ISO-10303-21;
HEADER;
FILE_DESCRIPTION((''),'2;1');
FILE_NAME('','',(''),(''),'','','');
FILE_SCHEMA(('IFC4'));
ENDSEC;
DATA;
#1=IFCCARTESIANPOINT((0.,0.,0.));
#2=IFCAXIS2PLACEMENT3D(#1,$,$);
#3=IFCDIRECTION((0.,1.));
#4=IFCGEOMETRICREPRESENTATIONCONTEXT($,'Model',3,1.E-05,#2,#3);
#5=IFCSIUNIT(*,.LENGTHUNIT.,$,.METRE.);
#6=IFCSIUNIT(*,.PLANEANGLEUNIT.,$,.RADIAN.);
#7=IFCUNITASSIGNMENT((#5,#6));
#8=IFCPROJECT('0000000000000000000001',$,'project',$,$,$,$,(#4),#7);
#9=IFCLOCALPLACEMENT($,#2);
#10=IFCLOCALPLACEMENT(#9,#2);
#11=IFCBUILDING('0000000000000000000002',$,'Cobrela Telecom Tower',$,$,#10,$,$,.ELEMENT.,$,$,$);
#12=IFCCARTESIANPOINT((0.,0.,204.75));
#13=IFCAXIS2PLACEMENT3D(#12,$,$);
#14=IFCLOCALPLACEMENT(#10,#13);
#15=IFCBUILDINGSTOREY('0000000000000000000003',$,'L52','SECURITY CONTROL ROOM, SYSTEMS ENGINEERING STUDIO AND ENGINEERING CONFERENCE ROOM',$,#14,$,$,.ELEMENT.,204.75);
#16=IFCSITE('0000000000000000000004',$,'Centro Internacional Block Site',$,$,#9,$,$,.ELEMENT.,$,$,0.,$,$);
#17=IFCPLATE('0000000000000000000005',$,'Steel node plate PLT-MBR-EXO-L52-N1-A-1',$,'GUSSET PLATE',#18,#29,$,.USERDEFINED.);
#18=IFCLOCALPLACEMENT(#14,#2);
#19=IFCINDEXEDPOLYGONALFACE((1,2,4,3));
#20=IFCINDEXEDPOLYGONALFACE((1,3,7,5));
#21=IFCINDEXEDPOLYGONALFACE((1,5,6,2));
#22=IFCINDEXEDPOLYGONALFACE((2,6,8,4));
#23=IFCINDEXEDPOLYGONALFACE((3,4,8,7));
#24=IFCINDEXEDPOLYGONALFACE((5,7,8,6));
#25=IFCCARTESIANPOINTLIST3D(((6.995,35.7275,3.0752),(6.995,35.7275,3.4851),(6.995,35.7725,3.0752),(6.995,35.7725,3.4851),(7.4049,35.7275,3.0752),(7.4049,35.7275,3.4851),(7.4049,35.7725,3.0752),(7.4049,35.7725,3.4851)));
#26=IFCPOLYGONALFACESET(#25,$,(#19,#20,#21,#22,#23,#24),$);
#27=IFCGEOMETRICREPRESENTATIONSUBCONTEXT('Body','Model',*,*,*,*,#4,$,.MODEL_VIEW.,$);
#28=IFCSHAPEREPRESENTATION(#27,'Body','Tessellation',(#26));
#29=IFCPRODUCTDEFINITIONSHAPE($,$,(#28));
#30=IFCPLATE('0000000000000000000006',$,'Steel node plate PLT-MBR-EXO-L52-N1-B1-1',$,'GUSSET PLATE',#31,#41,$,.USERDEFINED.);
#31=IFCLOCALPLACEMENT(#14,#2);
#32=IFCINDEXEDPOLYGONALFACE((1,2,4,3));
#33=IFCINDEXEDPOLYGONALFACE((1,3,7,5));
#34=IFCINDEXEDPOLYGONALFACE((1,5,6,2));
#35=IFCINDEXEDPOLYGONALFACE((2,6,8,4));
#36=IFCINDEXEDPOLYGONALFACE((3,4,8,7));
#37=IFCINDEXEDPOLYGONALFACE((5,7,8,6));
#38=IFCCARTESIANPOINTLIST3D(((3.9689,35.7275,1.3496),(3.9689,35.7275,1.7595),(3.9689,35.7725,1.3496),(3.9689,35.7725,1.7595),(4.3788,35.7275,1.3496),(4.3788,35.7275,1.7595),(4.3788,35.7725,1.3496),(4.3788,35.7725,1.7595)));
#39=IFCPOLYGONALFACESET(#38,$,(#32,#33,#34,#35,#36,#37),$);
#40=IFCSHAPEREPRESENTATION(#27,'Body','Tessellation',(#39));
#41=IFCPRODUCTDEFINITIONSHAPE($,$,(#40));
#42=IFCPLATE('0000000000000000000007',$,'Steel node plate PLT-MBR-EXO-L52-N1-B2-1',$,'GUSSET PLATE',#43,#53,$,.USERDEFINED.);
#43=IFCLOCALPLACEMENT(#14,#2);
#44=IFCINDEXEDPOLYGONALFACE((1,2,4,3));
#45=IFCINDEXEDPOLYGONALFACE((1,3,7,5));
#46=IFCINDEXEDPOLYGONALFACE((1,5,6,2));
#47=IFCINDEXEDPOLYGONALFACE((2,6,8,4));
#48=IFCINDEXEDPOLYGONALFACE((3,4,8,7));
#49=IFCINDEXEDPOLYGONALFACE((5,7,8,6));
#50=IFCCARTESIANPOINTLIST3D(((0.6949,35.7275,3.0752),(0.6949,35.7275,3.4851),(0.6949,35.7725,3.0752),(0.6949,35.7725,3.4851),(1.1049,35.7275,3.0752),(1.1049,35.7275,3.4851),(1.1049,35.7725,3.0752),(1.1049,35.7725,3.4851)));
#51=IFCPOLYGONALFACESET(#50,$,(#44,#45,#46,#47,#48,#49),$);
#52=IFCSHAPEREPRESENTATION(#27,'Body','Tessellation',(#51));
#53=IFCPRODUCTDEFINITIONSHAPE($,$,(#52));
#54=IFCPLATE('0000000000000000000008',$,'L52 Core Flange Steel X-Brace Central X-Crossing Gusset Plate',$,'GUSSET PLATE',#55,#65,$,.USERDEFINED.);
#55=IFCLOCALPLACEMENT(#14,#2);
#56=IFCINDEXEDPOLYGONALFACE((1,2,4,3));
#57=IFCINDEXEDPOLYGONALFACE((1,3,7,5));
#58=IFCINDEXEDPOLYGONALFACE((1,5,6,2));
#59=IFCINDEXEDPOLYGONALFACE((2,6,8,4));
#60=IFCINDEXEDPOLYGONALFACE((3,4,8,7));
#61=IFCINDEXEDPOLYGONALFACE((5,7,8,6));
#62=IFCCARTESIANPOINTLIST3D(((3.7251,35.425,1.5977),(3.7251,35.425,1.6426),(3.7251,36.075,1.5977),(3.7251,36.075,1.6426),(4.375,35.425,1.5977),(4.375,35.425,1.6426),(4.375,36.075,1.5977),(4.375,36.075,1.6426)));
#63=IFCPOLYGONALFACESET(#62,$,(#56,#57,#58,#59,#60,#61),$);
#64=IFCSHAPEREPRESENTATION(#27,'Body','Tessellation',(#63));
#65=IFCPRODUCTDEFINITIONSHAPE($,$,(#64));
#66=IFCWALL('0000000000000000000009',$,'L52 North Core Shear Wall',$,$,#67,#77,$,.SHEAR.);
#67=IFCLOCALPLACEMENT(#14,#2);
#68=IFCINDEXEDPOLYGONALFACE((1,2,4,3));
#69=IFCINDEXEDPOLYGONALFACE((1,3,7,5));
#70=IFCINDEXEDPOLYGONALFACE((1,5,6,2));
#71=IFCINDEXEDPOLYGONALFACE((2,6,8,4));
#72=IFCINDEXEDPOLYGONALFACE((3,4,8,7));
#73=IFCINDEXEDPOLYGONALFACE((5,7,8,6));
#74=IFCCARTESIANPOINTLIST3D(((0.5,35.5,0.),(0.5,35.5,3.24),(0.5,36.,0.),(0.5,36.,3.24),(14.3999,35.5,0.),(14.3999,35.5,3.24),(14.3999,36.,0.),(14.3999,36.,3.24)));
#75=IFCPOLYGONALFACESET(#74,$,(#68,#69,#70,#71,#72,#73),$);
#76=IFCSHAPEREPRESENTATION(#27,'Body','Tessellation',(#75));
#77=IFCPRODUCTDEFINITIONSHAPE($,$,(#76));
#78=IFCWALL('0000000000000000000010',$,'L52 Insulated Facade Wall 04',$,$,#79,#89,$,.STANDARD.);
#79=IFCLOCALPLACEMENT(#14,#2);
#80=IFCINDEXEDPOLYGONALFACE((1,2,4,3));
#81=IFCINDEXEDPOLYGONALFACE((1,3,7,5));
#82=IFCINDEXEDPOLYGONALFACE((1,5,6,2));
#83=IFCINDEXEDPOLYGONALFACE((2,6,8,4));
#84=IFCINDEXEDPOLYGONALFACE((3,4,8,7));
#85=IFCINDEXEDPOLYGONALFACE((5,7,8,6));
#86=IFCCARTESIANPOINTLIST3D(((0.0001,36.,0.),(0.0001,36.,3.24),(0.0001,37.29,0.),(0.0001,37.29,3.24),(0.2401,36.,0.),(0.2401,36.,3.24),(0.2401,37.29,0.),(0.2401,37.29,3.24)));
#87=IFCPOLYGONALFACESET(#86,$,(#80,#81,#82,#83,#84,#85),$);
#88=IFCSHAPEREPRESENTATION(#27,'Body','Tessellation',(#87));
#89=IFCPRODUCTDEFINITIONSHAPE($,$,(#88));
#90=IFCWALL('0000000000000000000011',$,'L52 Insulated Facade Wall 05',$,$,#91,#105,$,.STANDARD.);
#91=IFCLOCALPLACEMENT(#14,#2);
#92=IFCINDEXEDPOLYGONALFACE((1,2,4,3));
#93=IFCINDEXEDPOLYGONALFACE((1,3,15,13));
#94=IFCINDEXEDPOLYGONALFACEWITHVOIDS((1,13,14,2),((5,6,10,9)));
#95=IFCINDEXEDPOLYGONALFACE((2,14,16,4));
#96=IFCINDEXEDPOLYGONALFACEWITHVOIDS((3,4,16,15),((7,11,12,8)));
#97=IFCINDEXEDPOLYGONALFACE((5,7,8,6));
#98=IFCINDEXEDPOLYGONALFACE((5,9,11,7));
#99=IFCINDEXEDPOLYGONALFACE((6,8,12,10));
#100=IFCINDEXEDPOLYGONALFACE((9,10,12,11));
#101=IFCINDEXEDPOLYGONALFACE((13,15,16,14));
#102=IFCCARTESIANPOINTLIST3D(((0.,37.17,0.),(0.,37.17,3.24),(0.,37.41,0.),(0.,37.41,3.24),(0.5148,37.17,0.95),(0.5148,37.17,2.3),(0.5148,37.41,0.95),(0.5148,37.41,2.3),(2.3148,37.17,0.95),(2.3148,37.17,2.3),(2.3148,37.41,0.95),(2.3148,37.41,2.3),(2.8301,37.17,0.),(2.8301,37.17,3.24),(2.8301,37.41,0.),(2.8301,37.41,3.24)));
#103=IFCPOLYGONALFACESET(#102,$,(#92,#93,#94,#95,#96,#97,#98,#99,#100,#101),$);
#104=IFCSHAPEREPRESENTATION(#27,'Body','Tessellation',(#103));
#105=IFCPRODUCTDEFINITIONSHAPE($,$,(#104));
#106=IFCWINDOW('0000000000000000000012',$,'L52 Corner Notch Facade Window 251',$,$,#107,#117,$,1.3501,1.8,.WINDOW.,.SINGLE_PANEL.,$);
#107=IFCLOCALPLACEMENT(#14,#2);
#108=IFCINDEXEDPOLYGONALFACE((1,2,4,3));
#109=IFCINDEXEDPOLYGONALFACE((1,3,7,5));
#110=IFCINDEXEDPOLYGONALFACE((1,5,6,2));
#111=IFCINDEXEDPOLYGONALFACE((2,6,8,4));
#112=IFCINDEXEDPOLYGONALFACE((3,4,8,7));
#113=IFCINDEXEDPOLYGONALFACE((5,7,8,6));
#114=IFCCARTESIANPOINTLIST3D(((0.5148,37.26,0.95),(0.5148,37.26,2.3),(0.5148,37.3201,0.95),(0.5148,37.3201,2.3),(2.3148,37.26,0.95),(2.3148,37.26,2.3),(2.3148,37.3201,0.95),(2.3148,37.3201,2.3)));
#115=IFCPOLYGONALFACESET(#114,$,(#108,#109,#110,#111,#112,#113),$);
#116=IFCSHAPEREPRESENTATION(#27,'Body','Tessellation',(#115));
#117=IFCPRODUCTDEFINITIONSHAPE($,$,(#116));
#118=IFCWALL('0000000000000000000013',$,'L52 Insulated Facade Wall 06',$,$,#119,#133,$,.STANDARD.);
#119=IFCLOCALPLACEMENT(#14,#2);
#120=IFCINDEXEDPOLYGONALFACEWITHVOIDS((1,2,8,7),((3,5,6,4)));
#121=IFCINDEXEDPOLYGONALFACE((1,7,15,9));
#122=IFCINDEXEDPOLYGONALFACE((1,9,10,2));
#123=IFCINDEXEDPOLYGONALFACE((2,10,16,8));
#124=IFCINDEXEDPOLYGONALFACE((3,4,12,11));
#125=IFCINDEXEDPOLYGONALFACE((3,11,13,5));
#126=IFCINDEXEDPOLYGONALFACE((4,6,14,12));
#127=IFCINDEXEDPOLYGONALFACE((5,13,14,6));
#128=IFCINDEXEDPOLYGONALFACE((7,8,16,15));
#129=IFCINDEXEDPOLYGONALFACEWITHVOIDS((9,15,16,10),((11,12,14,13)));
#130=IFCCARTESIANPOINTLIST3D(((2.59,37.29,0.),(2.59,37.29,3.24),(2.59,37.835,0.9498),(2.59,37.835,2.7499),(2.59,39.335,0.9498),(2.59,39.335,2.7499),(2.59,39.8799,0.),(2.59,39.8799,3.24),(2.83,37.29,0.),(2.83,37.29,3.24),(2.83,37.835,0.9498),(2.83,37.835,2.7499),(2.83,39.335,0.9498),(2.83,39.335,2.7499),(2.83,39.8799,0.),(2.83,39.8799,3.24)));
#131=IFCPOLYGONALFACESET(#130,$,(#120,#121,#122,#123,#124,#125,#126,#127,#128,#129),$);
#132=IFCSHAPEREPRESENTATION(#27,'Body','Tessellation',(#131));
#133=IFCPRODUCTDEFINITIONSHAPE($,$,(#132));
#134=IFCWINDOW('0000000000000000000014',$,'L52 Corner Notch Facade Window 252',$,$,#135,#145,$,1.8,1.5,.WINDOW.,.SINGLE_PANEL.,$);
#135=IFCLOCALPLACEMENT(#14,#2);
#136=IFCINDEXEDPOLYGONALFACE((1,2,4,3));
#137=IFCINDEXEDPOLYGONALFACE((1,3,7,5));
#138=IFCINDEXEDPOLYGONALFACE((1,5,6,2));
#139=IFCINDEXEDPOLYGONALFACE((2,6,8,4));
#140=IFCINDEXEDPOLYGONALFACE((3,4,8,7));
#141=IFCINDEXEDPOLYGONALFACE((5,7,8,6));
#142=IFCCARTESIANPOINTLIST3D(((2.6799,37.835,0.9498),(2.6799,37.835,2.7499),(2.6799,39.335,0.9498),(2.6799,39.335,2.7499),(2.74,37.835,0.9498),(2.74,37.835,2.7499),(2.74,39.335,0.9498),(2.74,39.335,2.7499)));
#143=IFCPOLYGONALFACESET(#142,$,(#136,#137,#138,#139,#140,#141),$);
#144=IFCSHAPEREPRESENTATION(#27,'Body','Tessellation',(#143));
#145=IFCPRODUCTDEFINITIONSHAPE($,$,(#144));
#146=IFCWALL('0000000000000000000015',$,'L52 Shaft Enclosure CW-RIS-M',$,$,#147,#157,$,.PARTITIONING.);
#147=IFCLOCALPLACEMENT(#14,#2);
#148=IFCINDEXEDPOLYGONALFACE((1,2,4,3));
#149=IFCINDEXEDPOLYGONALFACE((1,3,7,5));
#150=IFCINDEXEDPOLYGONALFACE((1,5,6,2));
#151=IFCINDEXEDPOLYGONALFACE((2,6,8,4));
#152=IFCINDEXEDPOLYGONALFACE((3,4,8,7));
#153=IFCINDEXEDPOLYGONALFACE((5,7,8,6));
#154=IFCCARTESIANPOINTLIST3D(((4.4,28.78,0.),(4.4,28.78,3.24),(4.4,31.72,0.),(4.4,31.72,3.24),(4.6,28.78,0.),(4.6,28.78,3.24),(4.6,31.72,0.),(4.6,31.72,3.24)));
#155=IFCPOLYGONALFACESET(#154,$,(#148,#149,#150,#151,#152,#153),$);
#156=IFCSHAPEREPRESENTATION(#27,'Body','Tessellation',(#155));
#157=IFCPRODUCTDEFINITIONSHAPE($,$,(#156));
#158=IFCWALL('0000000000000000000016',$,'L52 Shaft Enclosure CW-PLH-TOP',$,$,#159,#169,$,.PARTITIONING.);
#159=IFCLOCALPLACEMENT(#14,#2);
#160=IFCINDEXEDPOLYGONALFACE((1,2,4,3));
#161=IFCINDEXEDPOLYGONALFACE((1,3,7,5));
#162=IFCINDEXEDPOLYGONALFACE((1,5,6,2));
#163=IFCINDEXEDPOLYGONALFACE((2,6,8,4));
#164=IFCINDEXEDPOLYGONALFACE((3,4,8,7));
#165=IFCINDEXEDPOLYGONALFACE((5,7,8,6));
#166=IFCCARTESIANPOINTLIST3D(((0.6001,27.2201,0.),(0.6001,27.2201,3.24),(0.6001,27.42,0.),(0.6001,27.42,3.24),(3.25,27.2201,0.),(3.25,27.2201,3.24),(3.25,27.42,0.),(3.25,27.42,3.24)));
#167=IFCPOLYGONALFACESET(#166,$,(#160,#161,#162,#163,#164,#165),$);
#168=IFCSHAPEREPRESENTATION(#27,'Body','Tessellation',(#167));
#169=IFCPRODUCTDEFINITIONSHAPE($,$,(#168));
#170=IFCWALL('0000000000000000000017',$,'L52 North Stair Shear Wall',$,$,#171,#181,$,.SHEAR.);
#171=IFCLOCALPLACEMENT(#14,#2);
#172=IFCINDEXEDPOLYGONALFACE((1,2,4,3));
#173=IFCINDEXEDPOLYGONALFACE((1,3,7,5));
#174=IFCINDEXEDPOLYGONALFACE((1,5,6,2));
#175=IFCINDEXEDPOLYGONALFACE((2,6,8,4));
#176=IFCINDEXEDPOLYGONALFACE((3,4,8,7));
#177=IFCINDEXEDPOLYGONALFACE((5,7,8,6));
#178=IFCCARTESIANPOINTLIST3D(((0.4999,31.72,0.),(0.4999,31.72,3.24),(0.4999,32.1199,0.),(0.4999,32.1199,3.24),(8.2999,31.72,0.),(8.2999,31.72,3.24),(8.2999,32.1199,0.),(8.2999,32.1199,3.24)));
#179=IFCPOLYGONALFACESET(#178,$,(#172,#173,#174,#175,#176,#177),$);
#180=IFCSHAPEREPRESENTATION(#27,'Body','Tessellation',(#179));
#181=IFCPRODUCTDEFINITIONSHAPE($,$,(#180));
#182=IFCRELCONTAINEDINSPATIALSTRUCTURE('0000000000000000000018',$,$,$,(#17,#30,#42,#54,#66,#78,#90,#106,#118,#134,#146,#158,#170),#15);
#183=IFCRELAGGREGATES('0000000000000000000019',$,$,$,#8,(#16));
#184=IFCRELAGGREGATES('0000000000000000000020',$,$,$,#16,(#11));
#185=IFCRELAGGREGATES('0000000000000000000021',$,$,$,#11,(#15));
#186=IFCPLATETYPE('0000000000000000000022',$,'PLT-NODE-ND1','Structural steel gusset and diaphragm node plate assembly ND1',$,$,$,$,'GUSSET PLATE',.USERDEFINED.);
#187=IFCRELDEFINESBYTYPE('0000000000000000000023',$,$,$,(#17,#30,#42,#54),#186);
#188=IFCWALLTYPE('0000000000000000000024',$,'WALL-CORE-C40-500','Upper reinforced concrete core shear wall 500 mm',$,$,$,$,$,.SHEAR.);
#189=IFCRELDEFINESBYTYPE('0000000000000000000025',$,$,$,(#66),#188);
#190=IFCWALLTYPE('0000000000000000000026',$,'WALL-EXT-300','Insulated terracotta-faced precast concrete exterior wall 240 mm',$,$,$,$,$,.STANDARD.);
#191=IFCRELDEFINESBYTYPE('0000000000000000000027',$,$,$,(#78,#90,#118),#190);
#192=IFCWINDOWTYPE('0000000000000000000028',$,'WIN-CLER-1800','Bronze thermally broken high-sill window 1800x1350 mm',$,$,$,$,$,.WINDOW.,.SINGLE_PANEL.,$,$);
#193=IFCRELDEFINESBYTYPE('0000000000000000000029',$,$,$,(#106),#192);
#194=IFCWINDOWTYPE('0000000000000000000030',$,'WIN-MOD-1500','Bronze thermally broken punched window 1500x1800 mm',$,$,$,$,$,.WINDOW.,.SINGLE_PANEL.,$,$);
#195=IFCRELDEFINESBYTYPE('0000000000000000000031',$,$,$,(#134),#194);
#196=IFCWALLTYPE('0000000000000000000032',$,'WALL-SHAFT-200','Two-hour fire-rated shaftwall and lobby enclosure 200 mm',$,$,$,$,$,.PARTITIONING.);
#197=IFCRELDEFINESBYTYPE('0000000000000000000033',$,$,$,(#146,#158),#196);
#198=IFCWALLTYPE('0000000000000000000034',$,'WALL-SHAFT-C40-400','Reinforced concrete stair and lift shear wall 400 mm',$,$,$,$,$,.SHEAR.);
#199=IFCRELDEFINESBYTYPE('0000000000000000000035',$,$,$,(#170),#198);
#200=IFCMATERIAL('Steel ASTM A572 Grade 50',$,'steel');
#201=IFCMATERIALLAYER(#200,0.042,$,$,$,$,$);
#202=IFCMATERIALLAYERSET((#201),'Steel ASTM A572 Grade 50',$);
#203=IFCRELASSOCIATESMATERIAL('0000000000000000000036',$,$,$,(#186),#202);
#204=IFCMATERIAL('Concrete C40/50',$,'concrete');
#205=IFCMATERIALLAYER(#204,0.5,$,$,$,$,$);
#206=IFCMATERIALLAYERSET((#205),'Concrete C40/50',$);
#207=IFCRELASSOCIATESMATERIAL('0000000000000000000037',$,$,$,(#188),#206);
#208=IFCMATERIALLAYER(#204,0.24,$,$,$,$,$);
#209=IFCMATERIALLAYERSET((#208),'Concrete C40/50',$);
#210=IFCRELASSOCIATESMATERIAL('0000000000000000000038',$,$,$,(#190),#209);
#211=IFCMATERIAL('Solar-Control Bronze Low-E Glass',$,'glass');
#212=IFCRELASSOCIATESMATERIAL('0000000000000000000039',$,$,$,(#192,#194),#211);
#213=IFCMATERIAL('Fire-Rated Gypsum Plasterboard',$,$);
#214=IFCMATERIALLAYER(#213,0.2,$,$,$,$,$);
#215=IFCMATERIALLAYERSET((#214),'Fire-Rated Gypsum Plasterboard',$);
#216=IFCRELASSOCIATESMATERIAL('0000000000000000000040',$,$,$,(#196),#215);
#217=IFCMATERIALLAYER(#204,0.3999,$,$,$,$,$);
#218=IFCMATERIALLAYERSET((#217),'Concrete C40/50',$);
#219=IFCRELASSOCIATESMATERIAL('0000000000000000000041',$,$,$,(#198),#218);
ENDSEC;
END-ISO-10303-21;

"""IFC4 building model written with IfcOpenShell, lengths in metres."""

from ifc_helpers import new_model, si_unit, direction, frame, frame_2d, origin, origin_2d, place, context, subcontext, project, spatial, rectangle, extrude, material, layer, layer_set, type_object, element, fill, save


model = new_model("IFC4")

# Units and contexts
model_context = context("Model", 3, precision=1e-05, world=origin(), true_north=direction((0.0, 1.0)))
body_context = subcontext(model_context, "Body", "Model", "MODEL_VIEW")
ifc_project = project(units=[si_unit("LENGTHUNIT", "METRE"), si_unit("PLANEANGLEUNIT", "RADIAN")], contexts=[model_context])

# Site, building, storey
site_placement = place(None, origin())
site = spatial("IfcSite", under=ifc_project, at=site_placement, Name="Centro Internacional Block Site", CompositionType="ELEMENT", RefElevation=0.0)
building_placement = place(site_placement, origin())
building = spatial("IfcBuilding", under=site, at=building_placement, Name="Cobrela Telecom Tower", CompositionType="ELEMENT")
storey_placement = place(building_placement, frame((0.0, 0.0, 204.75)))
storey = spatial("IfcBuildingStorey", under=building, at=storey_placement, Name="L52", Description="SECURITY CONTROL ROOM, SYSTEMS ENGINEERING STUDIO AND ENGINEERING CONFERENCE ROOM", CompositionType="ELEMENT", Elevation=204.75)

# Shared definitions
ifc_material_1 = material(Name="Steel ASTM A572 Grade 50", Category="steel")

# Shared definitions
ifc_material_2 = material(Name="Solar-Control Bronze Low-E Glass", Category="glass")

# Plates
ifc_layer_1 = layer(ifc_material_1, 0.042)
ifc_layer_set_1 = layer_set([ifc_layer_1], Name="Steel ASTM A572 Grade 50")
plate_type_1 = type_object("IfcPlateType", Name="PLT-NODE-ND1", Description="Structural steel gusset and diaphragm node plate assembly ND1", ElementType="GUSSET PLATE", PredefinedType="USERDEFINED", material=ifc_layer_set_1)
for number, where, z_axis, x_axis, name in (
    (1, (7.2, 35.75, 3.0752), (0.0, 0.0, 1.0), (1.0, 0.0, 0.0), "Steel node plate PLT-MBR-EXO-L52-N1-A-1"),
    (2, (4.1738, 35.75, 1.3496), (0.0, 0.0, 1.0), (-1.0, 0.0, 0.0), "Steel node plate PLT-MBR-EXO-L52-N1-B1-1"),
    (3, (0.8999, 35.75, 3.0752), (0.0, 0.0, 1.0), (-1.0, 0.0, 0.0), "Steel node plate PLT-MBR-EXO-L52-N1-B2-1"),
):
    element("IfcPlate", number, at=place(storey_placement, frame(where, z_axis=z_axis, x_axis=x_axis)), inside=storey, type_object=plate_type_1, Name=name, ObjectType="GUSSET PLATE", PredefinedType="USERDEFINED", context=body_context, shape_type="SweptSolid", body=[
        extrude(rectangle(XDim=0.4099, YDim=0.0449, at=origin_2d()), origin(), (0.0, 0.0, 1.0), 0.4099),
    ])
plate_1_placement = place(storey_placement, frame((4.05, 35.75, 1.5977), z_axis=(0.0, 0.0, 1.0), x_axis=(1.0, 0.0, 0.0)))
element("IfcPlate", 4, at=plate_1_placement, inside=storey, type_object=plate_type_1, Name="L52 Core Flange Steel X-Brace Central X-Crossing Gusset Plate", ObjectType="GUSSET PLATE", PredefinedType="USERDEFINED", context=body_context, shape_type="SweptSolid", body=[
    extrude(rectangle(XDim=0.6499, YDim=0.6499, at=origin_2d()), origin(), (0.0, 0.0, 1.0), 0.0449),
])

# Walls
ifc_material_3 = material(Name="Concrete C40/50", Category="concrete")
ifc_layer_2 = layer(ifc_material_3, 0.5)
ifc_layer_set_2 = layer_set([ifc_layer_2], Name="Concrete C40/50")
wall_type_1 = type_object("IfcWallType", Name="WALL-CORE-C40-500", Description="Upper reinforced concrete core shear wall 500 mm", PredefinedType="SHEAR", material=ifc_layer_set_2)
wall_1_placement = place(storey_placement, frame((0.5, 35.75, 0.0), z_axis=(0.0, 0.0, 1.0), x_axis=(1.0, 0.0, 0.0)))
element("IfcWall", 5, at=wall_1_placement, inside=storey, type_object=wall_type_1, Name="L52 North Core Shear Wall", PredefinedType="SHEAR", context=body_context, shape_type="SweptSolid", body=[
    extrude(rectangle(XDim=13.8999, YDim=0.5, at=frame_2d((6.95, 0.0))), origin(), (0.0, 0.0, 1.0), 3.24),
])
ifc_layer_3 = layer(ifc_material_3, 0.24)
ifc_layer_set_3 = layer_set([ifc_layer_3], Name="Concrete C40/50")
wall_type_2 = type_object("IfcWallType", Name="WALL-EXT-300", Description="Insulated terracotta-faced precast concrete exterior wall 240 mm", PredefinedType="STANDARD", material=ifc_layer_set_3)
wall_2_placement = place(storey_placement, frame((0.1201, 36.0, 0.0), z_axis=(0.0, 0.0, 1.0), x_axis=(0.0, 1.0, 0.0)))
element("IfcWall", 6, at=wall_2_placement, inside=storey, type_object=wall_type_2, Name="L52 Insulated Facade Wall 04", PredefinedType="STANDARD", context=body_context, shape_type="SweptSolid", body=[
    extrude(rectangle(XDim=1.29, YDim=0.24, at=frame_2d((0.645, 0.0))), origin(), (0.0, 0.0, 1.0), 3.24),
])

# Walls, openings, windows
wall_3_placement = place(storey_placement, frame((0.0, 37.29, 0.0), z_axis=(0.0, 0.0, 1.0), x_axis=(1.0, 0.0, 0.0)))
wall_3 = element("IfcWall", 7, at=wall_3_placement, inside=storey, type_object=wall_type_2, Name="L52 Insulated Facade Wall 05", PredefinedType="STANDARD", context=body_context, shape_type="SweptSolid", body=[
    extrude(rectangle(XDim=2.8301, YDim=0.24, at=frame_2d((1.415, 0.0))), origin(), (0.0, 0.0, 1.0), 3.24),
])
opening_1_placement = place(wall_3_placement, frame((0.5149, 0.0, 0.95)))
opening_1 = element("IfcOpeningElement", 8, at=opening_1_placement, cuts=wall_3, PredefinedType="OPENING", context=body_context, shape_type="SweptSolid", body=[
    extrude(rectangle(XDim=1.8, YDim=1.3501, at=frame_2d((0.8999, 0.675))), frame((0.0, 0.1318, 0.0), z_axis=(0.0, -1.0, 0.0), x_axis=(1.0, 0.0, 0.0)), (0.0, 0.0, 1.0), 0.2639),
])
window_type_1 = type_object("IfcWindowType", Name="WIN-CLER-1800", Description="Bronze thermally broken high-sill window 1800x1350 mm", PartitioningType="SINGLE_PANEL", PredefinedType="WINDOW", material=ifc_material_2)
window_1_placement = place(opening_1_placement, origin())
window_1 = element("IfcWindow", 9, at=window_1_placement, inside=storey, type_object=window_type_1, Name="L52 Corner Notch Facade Window 251", OverallHeight=1.3501, OverallWidth=1.8, PartitioningType="SINGLE_PANEL", PredefinedType="WINDOW", context=body_context, shape_type="SweptSolid", body=[
    extrude(rectangle(XDim=1.8, YDim=1.3501, at=frame_2d((0.8999, 0.675))), frame((0.0, 0.03, 0.0), z_axis=(0.0, -1.0, 0.0), x_axis=(1.0, 0.0, 0.0)), (0.0, 0.0, 1.0), 0.0601),
])
fill(opening_1, window_1)
wall_4_placement = place(storey_placement, frame((2.71, 37.29, 0.0), z_axis=(0.0, 0.0, 1.0), x_axis=(0.0, 1.0, 0.0)))
wall_4 = element("IfcWall", 10, at=wall_4_placement, inside=storey, type_object=wall_type_2, Name="L52 Insulated Facade Wall 06", PredefinedType="STANDARD", context=body_context, shape_type="SweptSolid", body=[
    extrude(rectangle(XDim=2.5898, YDim=0.24, at=frame_2d((1.2949, 0.0))), origin(), (0.0, 0.0, 1.0), 3.24),
])
opening_2_placement = place(wall_4_placement, frame((0.5449, 0.0, 0.95)))
opening_2 = element("IfcOpeningElement", 11, at=opening_2_placement, cuts=wall_4, PredefinedType="OPENING", context=body_context, shape_type="SweptSolid", body=[
    extrude(rectangle(XDim=1.5, YDim=1.8, at=frame_2d((0.75, 0.8999))), frame((0.0, 0.1318, 0.0), z_axis=(0.0, -1.0, 0.0), x_axis=(1.0, 0.0, 0.0)), (0.0, 0.0, 1.0), 0.2639),
])
window_type_2 = type_object("IfcWindowType", Name="WIN-MOD-1500", Description="Bronze thermally broken punched window 1500x1800 mm", PartitioningType="SINGLE_PANEL", PredefinedType="WINDOW", material=ifc_material_2)
window_2_placement = place(opening_2_placement, origin())
window_2 = element("IfcWindow", 12, at=window_2_placement, inside=storey, type_object=window_type_2, Name="L52 Corner Notch Facade Window 252", OverallHeight=1.8, OverallWidth=1.5, PartitioningType="SINGLE_PANEL", PredefinedType="WINDOW", context=body_context, shape_type="SweptSolid", body=[
    extrude(rectangle(XDim=1.5, YDim=1.8, at=frame_2d((0.75, 0.8999))), frame((0.0, 0.03, 0.0), z_axis=(0.0, -1.0, 0.0), x_axis=(1.0, 0.0, 0.0)), (0.0, 0.0, 1.0), 0.0601),
])
fill(opening_2, window_2)

# Shared definitions
ifc_material_4 = material(Name="Fire-Rated Gypsum Plasterboard")
ifc_layer_4 = layer(ifc_material_4, 0.2)
ifc_layer_set_4 = layer_set([ifc_layer_4], Name="Fire-Rated Gypsum Plasterboard")
wall_type_3 = type_object("IfcWallType", Name="WALL-SHAFT-200", Description="Two-hour fire-rated shaftwall and lobby enclosure 200 mm", PredefinedType="PARTITIONING", material=ifc_layer_set_4)

# Walls
wall_5_placement = place(storey_placement, frame((4.5, 28.78, 0.0), z_axis=(0.0, 0.0, 1.0), x_axis=(0.0, 1.0, 0.0)))
element("IfcWall", 13, at=wall_5_placement, inside=storey, type_object=wall_type_3, Name="L52 Shaft Enclosure CW-RIS-M", PredefinedType="PARTITIONING", context=body_context, shape_type="SweptSolid", body=[
    extrude(rectangle(XDim=2.9399, YDim=0.2, at=frame_2d((1.47, 0.0))), origin(), (0.0, 0.0, 1.0), 3.24),
])
wall_6_placement = place(storey_placement, frame((0.6001, 27.3201, 0.0), z_axis=(0.0, 0.0, 1.0), x_axis=(1.0, 0.0, 0.0)))
element("IfcWall", 14, at=wall_6_placement, inside=storey, type_object=wall_type_3, Name="L52 Shaft Enclosure CW-PLH-TOP", PredefinedType="PARTITIONING", context=body_context, shape_type="SweptSolid", body=[
    extrude(rectangle(XDim=2.6499, YDim=0.2, at=frame_2d((1.325, 0.0))), origin(), (0.0, 0.0, 1.0), 3.24),
])
ifc_layer_5 = layer(ifc_material_3, 0.3999)
ifc_layer_set_5 = layer_set([ifc_layer_5], Name="Concrete C40/50")
wall_type_4 = type_object("IfcWallType", Name="WALL-SHAFT-C40-400", Description="Reinforced concrete stair and lift shear wall 400 mm", PredefinedType="SHEAR", material=ifc_layer_set_5)
wall_7_placement = place(storey_placement, frame((0.5, 31.9199, 0.0), z_axis=(0.0, 0.0, 1.0), x_axis=(1.0, 0.0, 0.0)))
element("IfcWall", 15, at=wall_7_placement, inside=storey, type_object=wall_type_4, Name="L52 North Stair Shear Wall", PredefinedType="SHEAR", context=body_context, shape_type="SweptSolid", body=[
    extrude(rectangle(XDim=7.8, YDim=0.3999, at=frame_2d((3.8999, 0.0))), origin(), (0.0, 0.0, 1.0), 3.24),
])

save(model, "model.ifc")
